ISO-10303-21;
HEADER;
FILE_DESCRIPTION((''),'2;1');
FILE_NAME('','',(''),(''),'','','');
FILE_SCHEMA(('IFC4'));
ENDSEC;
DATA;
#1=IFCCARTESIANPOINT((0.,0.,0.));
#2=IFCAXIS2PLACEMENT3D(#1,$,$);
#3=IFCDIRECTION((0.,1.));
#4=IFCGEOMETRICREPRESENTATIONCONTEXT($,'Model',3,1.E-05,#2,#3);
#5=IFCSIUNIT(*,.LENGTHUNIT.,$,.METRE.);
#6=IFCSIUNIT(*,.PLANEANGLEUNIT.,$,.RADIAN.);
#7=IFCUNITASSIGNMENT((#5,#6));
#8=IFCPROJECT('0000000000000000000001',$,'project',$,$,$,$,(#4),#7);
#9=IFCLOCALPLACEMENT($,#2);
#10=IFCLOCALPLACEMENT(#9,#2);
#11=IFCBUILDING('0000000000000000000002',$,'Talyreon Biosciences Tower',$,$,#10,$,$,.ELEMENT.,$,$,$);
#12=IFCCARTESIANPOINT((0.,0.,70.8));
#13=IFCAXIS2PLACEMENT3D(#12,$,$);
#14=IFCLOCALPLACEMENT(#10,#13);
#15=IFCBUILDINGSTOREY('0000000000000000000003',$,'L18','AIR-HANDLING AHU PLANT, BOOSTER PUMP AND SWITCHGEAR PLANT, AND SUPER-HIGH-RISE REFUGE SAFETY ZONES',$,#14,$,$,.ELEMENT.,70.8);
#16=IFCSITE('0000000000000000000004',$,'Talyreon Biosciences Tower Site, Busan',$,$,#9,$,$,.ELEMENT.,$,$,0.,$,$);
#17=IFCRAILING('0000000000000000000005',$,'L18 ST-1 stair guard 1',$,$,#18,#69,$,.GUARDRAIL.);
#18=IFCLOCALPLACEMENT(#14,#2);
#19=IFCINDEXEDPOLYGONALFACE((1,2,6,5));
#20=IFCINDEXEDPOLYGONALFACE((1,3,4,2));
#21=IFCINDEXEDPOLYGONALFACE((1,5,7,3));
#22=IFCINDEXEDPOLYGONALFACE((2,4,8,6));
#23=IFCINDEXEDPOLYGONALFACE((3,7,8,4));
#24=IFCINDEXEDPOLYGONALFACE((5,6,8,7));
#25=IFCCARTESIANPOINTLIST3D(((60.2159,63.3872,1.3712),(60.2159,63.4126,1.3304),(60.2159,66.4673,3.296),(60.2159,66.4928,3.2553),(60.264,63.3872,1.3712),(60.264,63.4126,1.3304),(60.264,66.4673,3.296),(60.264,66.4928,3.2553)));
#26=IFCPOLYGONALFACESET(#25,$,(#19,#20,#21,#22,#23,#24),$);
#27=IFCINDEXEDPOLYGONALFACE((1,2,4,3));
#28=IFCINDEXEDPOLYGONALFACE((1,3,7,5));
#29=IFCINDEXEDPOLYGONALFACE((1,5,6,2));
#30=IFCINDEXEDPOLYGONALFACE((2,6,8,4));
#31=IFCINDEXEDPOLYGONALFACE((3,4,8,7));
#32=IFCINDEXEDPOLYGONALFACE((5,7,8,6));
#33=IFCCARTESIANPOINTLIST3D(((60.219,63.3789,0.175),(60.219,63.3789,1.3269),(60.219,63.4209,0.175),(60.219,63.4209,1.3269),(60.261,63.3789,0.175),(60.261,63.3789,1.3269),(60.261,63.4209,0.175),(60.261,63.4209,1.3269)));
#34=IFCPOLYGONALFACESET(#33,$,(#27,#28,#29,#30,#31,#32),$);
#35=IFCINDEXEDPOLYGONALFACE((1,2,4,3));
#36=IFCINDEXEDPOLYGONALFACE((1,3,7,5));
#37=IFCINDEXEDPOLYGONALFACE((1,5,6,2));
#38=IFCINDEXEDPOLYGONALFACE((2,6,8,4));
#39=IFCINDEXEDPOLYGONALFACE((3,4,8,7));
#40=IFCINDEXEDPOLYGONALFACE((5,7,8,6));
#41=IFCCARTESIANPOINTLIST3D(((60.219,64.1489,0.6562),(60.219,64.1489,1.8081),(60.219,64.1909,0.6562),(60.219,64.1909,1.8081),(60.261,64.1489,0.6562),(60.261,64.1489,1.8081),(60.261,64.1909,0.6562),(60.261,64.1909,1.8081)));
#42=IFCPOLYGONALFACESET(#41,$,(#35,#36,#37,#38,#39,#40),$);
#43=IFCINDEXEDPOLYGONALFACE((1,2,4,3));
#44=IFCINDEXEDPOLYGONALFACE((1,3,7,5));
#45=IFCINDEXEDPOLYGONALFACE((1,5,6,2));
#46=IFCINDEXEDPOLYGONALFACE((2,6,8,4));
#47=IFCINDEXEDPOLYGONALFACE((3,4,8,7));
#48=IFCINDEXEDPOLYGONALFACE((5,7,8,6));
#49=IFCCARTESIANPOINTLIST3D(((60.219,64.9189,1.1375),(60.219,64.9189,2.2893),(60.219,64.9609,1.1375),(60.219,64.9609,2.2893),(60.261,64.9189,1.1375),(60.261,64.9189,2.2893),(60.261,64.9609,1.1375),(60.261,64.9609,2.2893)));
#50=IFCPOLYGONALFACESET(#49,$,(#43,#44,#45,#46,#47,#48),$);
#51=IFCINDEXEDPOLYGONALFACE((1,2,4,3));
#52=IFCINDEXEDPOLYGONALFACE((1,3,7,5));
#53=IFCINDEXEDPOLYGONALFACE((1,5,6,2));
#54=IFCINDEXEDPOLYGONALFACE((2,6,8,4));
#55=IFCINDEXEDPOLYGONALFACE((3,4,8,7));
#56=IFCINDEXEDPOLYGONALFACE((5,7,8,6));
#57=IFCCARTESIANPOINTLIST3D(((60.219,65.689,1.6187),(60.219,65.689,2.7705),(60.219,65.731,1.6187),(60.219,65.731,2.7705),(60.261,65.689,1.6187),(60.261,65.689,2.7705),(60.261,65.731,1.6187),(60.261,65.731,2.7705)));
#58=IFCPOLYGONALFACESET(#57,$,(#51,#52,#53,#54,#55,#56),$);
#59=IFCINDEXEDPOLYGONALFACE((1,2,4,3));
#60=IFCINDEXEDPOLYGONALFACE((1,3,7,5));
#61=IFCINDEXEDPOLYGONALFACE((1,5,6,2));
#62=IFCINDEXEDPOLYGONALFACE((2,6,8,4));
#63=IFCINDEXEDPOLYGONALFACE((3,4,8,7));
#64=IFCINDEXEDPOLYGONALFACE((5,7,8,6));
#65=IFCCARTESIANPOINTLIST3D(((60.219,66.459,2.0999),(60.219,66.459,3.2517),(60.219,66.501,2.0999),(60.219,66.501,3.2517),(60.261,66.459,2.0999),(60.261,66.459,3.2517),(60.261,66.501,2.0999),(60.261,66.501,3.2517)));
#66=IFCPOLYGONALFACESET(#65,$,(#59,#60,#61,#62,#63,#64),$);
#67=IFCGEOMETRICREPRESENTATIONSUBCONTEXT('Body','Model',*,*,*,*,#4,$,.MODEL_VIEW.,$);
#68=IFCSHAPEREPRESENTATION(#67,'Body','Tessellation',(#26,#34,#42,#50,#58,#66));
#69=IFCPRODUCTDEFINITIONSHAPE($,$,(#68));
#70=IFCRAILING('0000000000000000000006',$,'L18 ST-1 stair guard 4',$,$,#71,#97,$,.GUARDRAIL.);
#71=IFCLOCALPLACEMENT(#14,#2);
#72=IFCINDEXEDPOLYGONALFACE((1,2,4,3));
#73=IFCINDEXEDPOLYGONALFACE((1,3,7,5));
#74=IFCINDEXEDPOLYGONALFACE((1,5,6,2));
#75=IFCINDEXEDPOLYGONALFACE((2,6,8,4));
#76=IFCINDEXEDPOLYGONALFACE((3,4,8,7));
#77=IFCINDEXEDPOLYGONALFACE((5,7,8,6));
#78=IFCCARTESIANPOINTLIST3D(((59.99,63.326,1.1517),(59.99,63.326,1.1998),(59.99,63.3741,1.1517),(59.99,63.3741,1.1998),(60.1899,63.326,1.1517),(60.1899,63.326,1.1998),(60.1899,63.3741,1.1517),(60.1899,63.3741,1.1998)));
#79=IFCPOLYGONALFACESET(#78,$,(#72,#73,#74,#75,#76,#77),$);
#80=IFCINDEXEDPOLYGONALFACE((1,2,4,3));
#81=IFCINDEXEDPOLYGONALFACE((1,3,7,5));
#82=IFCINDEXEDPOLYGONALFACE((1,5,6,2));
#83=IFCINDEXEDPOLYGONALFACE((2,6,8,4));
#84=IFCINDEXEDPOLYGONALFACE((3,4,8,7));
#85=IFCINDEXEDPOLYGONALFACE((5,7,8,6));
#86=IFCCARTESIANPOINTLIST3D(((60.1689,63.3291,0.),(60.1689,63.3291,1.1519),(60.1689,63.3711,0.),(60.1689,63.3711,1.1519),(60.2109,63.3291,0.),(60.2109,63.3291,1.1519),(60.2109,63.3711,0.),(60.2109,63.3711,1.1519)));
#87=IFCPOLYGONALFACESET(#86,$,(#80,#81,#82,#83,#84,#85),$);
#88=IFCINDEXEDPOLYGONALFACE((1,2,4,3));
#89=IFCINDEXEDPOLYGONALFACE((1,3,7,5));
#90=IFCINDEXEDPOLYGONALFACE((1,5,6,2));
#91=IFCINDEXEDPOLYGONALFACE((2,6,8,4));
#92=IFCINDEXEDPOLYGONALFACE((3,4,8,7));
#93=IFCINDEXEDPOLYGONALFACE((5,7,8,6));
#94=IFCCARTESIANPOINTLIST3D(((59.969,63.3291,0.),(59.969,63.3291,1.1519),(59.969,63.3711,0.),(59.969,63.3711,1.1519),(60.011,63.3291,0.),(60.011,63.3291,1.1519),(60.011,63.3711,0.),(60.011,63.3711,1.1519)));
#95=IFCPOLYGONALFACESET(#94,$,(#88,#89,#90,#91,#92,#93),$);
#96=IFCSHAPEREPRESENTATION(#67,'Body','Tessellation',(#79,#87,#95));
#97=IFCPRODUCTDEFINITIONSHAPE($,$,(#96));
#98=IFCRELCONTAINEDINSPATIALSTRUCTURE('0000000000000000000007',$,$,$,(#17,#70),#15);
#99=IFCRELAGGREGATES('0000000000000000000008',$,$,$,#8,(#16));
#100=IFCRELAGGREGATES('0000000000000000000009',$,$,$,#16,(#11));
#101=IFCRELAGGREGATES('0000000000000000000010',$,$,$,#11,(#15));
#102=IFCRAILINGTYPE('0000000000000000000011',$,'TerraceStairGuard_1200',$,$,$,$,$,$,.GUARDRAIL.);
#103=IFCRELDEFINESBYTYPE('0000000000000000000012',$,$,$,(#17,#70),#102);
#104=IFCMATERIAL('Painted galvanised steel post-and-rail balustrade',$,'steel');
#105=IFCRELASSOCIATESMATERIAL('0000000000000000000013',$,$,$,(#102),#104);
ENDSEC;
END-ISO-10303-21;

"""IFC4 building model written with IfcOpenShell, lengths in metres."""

from ifc_helpers import new_model, si_unit, direction, frame, origin, origin_2d, place, context, subcontext, project, spatial, rectangle, extrude, material, type_object, element, save


model = new_model("IFC4")

# Units and contexts
model_context = context("Model", 3, precision=1e-05, world=origin(), true_north=direction((0.0, 1.0)))
body_context = subcontext(model_context, "Body", "Model", "MODEL_VIEW")
ifc_project = project(units=[si_unit("LENGTHUNIT", "METRE"), si_unit("PLANEANGLEUNIT", "RADIAN")], contexts=[model_context])

# Site, building, storey
site_placement = place(None, origin())
site = spatial("IfcSite", under=ifc_project, at=site_placement, Name="Talyreon Biosciences Tower Site, Busan", CompositionType="ELEMENT", RefElevation=0.0)
building_placement = place(site_placement, origin())
building = spatial("IfcBuilding", under=site, at=building_placement, Name="Talyreon Biosciences Tower", CompositionType="ELEMENT")
storey_placement = place(building_placement, frame((0.0, 0.0, 70.8)))
storey = spatial("IfcBuildingStorey", under=building, at=storey_placement, Name="L18", Description="AIR-HANDLING AHU PLANT, BOOSTER PUMP AND SWITCHGEAR PLANT, AND SUPER-HIGH-RISE REFUGE SAFETY ZONES", CompositionType="ELEMENT", Elevation=70.8)

# Railings
ifc_material_1 = material(Name="Painted galvanised steel post-and-rail balustrade", Category="steel")
railing_type_1 = type_object("IfcRailingType", Name="TerraceStairGuard_1200", PredefinedType="GUARDRAIL", material=ifc_material_1)
railing_1_placement = place(storey_placement, frame((60.24, 63.3999, 0.175)))
element("IfcRailing", 1, at=railing_1_placement, inside=storey, type_object=railing_type_1, Name="L18 ST-1 stair guard 1", PredefinedType="GUARDRAIL", context=body_context, shape_type="SweptSolid", body=[
    extrude(rectangle(XDim=0.0481, YDim=0.0481, at=origin_2d()), frame((0.0, 0.0, 1.1758), z_axis=(0.0, 0.848029, 0.529951), x_axis=(-1.0, 0.0, 0.0)), (0.0, 0.0, 1.0), 3.6321),
    extrude(rectangle(XDim=0.042, YDim=0.042, at=origin_2d()), origin(), (0.0, 0.0, 1.0), 1.1519),
    extrude(rectangle(XDim=0.042, YDim=0.042, at=origin_2d()), frame((0.0, 0.77, 0.4812)), (0.0, 0.0, 1.0), 1.1519),
    extrude(rectangle(XDim=0.042, YDim=0.042, at=origin_2d()), frame((0.0, 1.54, 0.9624)), (0.0, 0.0, 1.0), 1.1519),
    extrude(rectangle(XDim=0.042, YDim=0.042, at=origin_2d()), frame((0.0, 2.3101, 1.4436)), (0.0, 0.0, 1.0), 1.1519),
    extrude(rectangle(XDim=0.042, YDim=0.042, at=origin_2d()), frame((0.0, 3.0801, 1.9248)), (0.0, 0.0, 1.0), 1.1519),
])
railing_2_placement = place(storey_placement, frame((60.1899, 63.3501, 0.0)))
element("IfcRailing", 2, at=railing_2_placement, inside=storey, type_object=railing_type_1, Name="L18 ST-1 stair guard 4", PredefinedType="GUARDRAIL", context=body_context, shape_type="SweptSolid", body=[
    extrude(rectangle(XDim=0.0481, YDim=0.0481, at=origin_2d()), frame((0.0, 0.0, 1.1758), z_axis=(-1.0, 0.0, 0.0), x_axis=(0.0, -1.0, 0.0)), (0.0, 0.0, 1.0), 0.2),
    extrude(rectangle(XDim=0.042, YDim=0.042, at=origin_2d()), origin(), (0.0, 0.0, 1.0), 1.1519),
    extrude(rectangle(XDim=0.042, YDim=0.042, at=origin_2d()), frame((-0.2, 0.0, 0.0)), (0.0, 0.0, 1.0), 1.1519),
])

save(model, "model.ifc")
